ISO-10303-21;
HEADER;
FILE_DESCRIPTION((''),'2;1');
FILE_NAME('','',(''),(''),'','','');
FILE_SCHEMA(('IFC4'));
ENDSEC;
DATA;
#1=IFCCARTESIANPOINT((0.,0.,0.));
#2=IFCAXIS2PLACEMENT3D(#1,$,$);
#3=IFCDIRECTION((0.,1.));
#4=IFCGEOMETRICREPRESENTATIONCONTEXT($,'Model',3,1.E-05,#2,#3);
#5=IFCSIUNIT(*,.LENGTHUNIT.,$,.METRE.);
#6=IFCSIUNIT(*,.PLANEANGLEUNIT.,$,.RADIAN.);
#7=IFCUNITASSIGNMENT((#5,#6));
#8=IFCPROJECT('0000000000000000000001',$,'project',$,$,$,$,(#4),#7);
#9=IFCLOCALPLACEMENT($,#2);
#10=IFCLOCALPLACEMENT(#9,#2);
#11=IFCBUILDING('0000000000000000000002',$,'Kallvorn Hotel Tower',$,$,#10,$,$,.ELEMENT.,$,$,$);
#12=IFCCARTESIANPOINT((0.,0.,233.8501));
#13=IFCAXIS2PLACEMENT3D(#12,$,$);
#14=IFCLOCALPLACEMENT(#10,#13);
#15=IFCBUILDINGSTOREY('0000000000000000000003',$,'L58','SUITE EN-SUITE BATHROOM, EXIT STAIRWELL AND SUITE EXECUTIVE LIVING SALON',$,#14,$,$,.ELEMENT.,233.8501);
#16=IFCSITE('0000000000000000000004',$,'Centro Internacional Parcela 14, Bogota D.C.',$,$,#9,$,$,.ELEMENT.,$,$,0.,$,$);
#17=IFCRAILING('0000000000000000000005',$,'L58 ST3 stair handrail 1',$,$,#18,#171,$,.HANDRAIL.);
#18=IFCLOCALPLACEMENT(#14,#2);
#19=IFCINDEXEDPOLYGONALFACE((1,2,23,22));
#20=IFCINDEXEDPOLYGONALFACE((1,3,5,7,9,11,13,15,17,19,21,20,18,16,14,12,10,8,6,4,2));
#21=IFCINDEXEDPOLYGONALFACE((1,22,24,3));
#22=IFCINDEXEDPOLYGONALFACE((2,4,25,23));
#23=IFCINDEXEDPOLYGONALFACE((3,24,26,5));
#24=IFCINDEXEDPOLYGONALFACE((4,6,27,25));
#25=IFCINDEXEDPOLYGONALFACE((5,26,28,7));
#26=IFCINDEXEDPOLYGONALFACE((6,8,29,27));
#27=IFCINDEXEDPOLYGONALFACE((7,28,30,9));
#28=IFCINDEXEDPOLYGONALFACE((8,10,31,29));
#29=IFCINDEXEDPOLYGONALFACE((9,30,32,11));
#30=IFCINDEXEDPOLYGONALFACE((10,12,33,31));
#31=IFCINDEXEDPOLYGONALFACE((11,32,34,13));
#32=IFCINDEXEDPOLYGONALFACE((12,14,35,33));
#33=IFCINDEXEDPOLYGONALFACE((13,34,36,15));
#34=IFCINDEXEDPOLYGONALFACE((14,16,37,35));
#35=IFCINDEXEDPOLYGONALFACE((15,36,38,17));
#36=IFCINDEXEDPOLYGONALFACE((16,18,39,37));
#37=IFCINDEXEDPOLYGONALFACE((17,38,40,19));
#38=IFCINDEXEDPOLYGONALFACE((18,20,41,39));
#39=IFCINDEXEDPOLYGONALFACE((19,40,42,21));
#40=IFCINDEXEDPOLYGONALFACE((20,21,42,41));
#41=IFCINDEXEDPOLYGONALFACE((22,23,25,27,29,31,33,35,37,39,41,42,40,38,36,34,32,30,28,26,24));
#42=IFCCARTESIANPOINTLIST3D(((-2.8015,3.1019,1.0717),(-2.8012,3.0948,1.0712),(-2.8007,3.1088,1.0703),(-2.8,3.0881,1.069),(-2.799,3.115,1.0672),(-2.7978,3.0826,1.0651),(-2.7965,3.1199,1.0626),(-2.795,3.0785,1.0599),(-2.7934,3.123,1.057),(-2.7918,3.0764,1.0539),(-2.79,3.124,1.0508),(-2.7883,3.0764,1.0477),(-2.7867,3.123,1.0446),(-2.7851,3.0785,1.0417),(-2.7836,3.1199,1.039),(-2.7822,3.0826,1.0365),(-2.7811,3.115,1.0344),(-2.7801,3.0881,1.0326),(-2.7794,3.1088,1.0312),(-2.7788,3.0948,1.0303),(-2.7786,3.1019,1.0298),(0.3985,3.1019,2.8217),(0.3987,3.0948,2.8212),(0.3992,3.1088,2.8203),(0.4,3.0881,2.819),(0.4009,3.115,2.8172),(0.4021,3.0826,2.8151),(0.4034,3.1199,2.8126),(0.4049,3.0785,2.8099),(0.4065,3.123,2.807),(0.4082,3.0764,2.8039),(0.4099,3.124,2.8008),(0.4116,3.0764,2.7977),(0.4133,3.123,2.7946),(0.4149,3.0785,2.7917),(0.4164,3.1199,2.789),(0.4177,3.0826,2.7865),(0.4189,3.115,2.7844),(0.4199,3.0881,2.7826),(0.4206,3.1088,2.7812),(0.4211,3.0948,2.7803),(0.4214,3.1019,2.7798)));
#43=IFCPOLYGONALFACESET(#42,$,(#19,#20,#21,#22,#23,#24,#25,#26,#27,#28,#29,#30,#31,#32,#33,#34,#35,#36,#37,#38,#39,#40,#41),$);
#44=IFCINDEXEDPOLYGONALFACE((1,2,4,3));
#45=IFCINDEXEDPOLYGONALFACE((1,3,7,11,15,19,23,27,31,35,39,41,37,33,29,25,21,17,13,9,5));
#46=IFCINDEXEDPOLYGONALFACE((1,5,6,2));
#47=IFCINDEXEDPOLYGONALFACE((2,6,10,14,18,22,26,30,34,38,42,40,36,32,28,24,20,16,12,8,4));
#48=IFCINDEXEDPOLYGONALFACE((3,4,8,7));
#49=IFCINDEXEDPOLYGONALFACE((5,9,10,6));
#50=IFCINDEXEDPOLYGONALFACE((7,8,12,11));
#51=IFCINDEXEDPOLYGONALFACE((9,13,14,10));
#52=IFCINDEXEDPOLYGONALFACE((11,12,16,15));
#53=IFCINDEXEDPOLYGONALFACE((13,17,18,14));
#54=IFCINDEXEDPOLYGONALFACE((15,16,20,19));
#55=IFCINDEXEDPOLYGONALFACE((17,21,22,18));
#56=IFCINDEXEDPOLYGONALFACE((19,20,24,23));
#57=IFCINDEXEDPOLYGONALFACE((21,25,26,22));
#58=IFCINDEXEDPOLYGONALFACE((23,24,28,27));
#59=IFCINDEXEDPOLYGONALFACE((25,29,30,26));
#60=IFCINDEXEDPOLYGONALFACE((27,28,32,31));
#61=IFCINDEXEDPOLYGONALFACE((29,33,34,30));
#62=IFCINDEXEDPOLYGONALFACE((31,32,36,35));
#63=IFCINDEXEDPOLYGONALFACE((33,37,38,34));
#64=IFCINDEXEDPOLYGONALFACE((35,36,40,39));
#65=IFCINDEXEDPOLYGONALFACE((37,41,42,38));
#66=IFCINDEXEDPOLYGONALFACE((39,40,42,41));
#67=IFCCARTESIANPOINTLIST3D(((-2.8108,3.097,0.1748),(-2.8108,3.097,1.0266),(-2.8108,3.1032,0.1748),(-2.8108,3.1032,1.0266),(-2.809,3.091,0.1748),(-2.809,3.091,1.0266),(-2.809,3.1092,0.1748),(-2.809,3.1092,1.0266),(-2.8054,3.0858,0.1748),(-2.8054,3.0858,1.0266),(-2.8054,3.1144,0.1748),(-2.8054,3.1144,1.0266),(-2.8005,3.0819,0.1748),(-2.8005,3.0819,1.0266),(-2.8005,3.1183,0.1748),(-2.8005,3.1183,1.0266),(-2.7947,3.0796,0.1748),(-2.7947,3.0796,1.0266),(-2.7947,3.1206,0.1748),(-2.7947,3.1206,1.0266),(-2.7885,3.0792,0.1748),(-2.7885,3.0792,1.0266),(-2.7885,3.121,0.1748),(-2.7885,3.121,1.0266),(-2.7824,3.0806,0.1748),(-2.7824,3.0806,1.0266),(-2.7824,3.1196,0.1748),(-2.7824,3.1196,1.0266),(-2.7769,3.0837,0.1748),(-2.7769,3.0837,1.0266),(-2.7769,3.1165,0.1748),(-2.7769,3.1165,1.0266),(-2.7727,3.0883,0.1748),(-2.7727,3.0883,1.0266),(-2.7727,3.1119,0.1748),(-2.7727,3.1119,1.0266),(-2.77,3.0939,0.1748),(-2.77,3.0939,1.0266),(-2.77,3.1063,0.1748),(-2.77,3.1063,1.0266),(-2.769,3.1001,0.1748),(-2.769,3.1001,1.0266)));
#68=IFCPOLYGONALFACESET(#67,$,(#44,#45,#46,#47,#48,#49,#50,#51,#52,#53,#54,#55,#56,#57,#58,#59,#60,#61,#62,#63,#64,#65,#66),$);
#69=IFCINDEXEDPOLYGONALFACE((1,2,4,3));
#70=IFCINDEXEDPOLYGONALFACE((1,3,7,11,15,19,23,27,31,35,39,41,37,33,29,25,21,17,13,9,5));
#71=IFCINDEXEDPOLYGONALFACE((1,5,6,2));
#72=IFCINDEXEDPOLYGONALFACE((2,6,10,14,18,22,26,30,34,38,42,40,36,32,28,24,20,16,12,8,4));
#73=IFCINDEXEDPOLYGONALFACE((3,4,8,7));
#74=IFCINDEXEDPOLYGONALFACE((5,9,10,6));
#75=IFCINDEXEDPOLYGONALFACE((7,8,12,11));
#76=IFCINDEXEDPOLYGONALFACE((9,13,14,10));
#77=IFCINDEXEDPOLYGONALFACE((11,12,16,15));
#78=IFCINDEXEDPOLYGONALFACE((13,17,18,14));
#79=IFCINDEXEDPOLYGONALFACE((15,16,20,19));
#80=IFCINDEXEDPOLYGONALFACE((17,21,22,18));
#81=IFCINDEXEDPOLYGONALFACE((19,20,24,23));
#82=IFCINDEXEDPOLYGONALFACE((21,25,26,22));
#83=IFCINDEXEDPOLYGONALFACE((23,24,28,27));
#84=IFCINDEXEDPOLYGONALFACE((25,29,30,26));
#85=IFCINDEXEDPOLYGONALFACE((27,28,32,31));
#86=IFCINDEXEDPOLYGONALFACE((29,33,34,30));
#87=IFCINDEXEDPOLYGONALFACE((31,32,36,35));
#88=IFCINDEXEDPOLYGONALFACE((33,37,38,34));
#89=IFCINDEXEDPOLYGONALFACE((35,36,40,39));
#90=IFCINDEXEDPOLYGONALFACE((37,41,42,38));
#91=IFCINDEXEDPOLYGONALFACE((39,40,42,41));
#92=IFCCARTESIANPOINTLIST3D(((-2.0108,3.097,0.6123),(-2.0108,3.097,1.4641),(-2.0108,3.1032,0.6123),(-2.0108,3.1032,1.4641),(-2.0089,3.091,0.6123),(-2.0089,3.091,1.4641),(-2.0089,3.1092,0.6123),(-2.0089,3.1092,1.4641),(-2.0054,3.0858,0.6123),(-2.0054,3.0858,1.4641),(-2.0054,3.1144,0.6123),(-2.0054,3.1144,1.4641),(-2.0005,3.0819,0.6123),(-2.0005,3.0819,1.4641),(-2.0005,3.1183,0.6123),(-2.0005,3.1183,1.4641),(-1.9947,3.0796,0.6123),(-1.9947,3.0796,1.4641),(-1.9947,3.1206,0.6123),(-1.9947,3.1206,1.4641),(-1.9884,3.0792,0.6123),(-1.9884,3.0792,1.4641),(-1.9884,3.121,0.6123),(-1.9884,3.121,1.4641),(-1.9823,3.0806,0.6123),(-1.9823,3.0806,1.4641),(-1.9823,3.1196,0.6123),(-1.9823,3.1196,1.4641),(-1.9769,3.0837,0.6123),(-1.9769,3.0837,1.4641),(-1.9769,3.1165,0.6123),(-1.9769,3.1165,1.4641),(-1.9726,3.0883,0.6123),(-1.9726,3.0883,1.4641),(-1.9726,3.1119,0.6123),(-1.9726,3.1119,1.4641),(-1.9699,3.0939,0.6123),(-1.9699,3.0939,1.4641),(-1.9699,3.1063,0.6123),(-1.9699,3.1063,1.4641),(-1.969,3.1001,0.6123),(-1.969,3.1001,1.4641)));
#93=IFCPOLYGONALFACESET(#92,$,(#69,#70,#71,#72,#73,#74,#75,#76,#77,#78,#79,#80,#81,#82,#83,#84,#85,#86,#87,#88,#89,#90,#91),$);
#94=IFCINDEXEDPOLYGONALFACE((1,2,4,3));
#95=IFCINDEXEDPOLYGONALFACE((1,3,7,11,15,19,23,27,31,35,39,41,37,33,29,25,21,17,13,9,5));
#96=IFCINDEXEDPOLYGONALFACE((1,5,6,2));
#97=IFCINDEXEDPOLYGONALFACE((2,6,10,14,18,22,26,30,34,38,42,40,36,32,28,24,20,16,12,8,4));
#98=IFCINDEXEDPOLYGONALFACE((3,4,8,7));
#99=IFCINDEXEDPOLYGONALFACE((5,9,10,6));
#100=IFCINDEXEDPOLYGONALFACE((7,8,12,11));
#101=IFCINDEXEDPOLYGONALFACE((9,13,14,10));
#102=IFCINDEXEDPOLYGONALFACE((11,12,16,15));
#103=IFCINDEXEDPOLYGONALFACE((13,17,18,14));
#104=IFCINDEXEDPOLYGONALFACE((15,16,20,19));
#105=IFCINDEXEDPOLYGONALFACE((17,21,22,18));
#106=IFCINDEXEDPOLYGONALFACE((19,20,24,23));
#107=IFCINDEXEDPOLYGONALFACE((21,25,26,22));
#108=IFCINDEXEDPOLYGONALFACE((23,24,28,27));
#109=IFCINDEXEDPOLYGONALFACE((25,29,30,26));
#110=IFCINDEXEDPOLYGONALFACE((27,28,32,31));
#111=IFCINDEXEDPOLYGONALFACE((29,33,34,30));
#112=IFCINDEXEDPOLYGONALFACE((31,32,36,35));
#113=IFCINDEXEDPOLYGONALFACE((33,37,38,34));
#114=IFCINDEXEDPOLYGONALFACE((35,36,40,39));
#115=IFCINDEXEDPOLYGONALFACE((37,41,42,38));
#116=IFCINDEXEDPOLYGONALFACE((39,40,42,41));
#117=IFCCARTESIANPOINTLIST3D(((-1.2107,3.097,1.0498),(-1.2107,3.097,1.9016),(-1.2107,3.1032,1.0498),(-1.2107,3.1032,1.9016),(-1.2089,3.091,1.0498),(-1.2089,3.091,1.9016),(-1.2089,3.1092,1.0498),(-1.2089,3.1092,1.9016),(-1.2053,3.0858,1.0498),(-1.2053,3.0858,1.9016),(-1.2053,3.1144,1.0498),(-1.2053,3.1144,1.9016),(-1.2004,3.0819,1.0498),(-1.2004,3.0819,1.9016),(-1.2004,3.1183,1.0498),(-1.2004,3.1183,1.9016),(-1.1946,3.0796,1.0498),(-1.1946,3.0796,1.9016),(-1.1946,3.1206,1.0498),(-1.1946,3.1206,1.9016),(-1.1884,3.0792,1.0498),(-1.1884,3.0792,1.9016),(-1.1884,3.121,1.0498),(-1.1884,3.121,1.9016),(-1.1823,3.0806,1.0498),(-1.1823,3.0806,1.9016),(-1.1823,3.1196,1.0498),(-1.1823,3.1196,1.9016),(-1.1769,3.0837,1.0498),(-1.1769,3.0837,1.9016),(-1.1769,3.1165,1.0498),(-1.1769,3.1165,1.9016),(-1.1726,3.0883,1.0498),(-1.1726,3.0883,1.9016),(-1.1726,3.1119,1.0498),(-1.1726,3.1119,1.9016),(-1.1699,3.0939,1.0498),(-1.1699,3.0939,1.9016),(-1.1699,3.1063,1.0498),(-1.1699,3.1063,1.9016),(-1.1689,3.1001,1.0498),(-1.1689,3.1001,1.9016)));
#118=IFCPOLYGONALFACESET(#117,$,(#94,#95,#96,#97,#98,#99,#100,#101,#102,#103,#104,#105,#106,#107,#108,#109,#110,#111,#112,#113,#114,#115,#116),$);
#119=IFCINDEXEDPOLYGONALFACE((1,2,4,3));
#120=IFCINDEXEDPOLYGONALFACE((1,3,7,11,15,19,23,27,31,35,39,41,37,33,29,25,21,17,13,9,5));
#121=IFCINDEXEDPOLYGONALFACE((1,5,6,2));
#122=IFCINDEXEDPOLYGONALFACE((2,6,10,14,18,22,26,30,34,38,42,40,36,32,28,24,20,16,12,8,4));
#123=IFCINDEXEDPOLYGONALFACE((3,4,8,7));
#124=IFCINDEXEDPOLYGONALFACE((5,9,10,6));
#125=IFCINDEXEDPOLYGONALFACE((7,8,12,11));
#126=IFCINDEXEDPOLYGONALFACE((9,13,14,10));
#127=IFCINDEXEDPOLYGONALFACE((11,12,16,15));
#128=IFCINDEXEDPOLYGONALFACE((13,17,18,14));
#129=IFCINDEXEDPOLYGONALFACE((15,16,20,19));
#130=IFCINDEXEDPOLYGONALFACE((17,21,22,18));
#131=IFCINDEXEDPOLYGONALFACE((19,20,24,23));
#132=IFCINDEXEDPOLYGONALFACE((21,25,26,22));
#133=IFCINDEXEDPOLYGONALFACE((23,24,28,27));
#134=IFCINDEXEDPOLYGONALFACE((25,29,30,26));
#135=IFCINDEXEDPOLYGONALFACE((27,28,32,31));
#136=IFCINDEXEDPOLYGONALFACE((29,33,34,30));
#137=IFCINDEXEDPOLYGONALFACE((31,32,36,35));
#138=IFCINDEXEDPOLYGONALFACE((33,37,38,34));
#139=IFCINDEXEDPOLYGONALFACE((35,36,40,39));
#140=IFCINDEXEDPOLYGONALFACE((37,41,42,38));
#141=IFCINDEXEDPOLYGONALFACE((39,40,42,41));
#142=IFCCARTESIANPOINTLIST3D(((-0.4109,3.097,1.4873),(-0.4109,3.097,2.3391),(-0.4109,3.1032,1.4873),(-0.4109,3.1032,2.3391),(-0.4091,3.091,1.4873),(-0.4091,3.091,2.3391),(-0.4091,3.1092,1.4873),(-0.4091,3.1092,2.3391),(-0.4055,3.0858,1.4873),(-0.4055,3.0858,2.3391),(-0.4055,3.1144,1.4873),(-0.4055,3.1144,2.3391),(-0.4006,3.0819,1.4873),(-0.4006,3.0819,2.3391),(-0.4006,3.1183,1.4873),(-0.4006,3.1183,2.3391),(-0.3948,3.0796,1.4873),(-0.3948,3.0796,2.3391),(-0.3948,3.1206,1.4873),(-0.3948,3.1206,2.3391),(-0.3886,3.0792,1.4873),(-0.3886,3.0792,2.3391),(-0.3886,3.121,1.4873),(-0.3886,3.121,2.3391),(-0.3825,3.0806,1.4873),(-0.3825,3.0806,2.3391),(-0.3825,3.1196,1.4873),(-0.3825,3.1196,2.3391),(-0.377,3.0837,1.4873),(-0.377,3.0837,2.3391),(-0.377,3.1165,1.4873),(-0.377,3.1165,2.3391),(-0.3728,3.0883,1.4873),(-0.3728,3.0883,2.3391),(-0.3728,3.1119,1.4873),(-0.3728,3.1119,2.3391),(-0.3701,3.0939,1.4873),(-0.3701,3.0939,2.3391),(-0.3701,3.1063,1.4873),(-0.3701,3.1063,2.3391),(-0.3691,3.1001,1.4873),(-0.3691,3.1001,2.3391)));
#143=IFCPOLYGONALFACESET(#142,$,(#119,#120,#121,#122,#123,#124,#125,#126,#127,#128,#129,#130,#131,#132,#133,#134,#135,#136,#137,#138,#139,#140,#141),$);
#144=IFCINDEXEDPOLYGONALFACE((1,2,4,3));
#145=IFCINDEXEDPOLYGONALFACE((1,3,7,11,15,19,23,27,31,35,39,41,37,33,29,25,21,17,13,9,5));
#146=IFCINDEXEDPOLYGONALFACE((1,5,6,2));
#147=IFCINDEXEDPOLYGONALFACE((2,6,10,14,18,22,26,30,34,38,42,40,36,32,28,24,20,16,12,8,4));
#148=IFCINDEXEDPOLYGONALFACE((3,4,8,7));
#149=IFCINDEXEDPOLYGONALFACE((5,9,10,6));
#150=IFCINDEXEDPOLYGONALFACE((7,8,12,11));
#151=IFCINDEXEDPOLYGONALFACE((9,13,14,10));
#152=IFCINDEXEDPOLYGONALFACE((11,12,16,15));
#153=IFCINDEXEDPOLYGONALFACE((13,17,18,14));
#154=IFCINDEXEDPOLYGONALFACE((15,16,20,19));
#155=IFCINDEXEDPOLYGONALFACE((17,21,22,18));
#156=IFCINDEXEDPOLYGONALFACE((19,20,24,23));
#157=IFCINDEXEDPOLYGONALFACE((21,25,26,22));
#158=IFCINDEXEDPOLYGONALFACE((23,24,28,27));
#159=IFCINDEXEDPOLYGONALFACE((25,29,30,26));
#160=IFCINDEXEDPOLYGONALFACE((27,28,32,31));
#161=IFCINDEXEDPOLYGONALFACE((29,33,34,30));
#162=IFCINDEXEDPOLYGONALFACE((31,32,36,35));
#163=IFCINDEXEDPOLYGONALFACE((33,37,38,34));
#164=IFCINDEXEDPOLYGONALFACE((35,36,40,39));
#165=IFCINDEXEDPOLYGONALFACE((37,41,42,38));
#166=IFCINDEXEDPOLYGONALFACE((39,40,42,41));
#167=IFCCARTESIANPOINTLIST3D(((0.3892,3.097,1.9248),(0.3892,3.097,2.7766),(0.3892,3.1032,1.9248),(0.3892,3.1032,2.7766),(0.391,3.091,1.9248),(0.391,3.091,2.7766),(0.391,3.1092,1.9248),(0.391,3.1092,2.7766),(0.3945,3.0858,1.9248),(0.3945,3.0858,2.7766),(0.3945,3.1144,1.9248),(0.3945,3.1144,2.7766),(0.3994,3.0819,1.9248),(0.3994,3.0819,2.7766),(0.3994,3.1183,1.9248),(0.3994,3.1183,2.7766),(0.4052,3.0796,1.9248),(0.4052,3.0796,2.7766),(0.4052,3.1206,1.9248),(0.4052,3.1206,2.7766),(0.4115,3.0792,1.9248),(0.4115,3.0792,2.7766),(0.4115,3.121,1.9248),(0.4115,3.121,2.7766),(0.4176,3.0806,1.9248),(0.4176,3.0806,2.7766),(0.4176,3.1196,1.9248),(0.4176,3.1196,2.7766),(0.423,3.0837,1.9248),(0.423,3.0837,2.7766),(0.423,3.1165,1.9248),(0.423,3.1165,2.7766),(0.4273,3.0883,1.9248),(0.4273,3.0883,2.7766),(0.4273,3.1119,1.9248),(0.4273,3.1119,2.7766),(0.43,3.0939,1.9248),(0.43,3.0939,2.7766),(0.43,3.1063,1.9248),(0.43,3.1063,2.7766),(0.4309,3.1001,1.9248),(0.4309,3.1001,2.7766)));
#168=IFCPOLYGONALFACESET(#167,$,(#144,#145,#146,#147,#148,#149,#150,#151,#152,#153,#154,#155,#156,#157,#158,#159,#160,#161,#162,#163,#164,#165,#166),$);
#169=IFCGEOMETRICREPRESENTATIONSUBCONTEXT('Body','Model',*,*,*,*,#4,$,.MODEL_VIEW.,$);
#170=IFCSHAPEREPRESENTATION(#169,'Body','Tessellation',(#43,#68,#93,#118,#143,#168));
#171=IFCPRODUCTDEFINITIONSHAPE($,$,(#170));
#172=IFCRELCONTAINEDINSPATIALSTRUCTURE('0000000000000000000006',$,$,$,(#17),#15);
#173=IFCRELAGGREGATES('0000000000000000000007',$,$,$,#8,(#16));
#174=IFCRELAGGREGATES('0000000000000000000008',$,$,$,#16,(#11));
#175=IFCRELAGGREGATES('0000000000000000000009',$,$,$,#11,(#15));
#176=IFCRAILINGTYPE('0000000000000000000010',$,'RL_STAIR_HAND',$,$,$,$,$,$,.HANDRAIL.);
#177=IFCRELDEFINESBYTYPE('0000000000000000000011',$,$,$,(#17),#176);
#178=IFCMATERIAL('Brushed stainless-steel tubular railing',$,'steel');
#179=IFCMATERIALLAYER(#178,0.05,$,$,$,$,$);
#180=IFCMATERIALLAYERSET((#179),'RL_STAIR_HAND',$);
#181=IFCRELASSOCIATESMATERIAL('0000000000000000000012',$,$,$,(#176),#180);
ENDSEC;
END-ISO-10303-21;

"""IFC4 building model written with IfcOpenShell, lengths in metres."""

from ifc_helpers import new_model, si_unit, direction, frame, origin, origin_2d, place, context, subcontext, project, spatial, circle, extrude, material, layer, layer_set, type_object, element, save


model = new_model("IFC4")

# Units and contexts
model_context = context("Model", 3, precision=1e-05, world=origin(), true_north=direction((0.0, 1.0)))
body_context = subcontext(model_context, "Body", "Model", "MODEL_VIEW")
ifc_project = project(units=[si_unit("LENGTHUNIT", "METRE"), si_unit("PLANEANGLEUNIT", "RADIAN")], contexts=[model_context])

# Site, building, storey
site_placement = place(None, origin())
site = spatial("IfcSite", under=ifc_project, at=site_placement, Name="Centro Internacional Parcela 14, Bogota D.C.", CompositionType="ELEMENT", RefElevation=0.0)
building_placement = place(site_placement, origin())
building = spatial("IfcBuilding", under=site, at=building_placement, Name="Kallvorn Hotel Tower", CompositionType="ELEMENT")
storey_placement = place(building_placement, frame((0.0, 0.0, 233.8501)))
storey = spatial("IfcBuildingStorey", under=building, at=storey_placement, Name="L58", Description="SUITE EN-SUITE BATHROOM, EXIT STAIRWELL AND SUITE EXECUTIVE LIVING SALON", CompositionType="ELEMENT", Elevation=233.8501)

# Railing
ifc_material_1 = material(Name="Brushed stainless-steel tubular railing", Category="steel")
ifc_layer_1 = layer(ifc_material_1, 0.05)
ifc_layer_set_1 = layer_set([ifc_layer_1], Name="RL_STAIR_HAND")
railing_type_1 = type_object("IfcRailingType", Name="RL_STAIR_HAND", PredefinedType="HANDRAIL", material=ifc_layer_set_1)
railing_1_placement = place(storey_placement, frame((-2.79, 3.1001, 0.1748)))
element("IfcRailing", 1, at=railing_1_placement, inside=storey, type_object=railing_type_1, Name="L58 ST3 stair handrail 1", PredefinedType="HANDRAIL", context=body_context, shape_type="SweptSolid", body=[
    extrude(circle(Radius=0.0239, at=origin_2d()), frame((0.0, 0.0, 0.876), z_axis=(0.877368, 0.0, 0.479818), x_axis=(0.0, 1.0, 0.0)), (0.0, 0.0, 1.0), 3.6472),
    extrude(circle(Radius=0.021, at=origin_2d()), origin(), (0.0, 0.0, 1.0), 0.8518),
    extrude(circle(Radius=0.021, at=origin_2d()), frame((0.8, 0.0, 0.4375)), (0.0, 0.0, 1.0), 0.8518),
    extrude(circle(Radius=0.021, at=origin_2d()), frame((1.6001, 0.0, 0.875)), (0.0, 0.0, 1.0), 0.8518),
    extrude(circle(Radius=0.021, at=origin_2d()), frame((2.3999, 0.0, 1.3125)), (0.0, 0.0, 1.0), 0.8518),
    extrude(circle(Radius=0.021, at=origin_2d()), frame((3.2, 0.0, 1.75)), (0.0, 0.0, 1.0), 0.8518),
])

save(model, "model.ifc")
